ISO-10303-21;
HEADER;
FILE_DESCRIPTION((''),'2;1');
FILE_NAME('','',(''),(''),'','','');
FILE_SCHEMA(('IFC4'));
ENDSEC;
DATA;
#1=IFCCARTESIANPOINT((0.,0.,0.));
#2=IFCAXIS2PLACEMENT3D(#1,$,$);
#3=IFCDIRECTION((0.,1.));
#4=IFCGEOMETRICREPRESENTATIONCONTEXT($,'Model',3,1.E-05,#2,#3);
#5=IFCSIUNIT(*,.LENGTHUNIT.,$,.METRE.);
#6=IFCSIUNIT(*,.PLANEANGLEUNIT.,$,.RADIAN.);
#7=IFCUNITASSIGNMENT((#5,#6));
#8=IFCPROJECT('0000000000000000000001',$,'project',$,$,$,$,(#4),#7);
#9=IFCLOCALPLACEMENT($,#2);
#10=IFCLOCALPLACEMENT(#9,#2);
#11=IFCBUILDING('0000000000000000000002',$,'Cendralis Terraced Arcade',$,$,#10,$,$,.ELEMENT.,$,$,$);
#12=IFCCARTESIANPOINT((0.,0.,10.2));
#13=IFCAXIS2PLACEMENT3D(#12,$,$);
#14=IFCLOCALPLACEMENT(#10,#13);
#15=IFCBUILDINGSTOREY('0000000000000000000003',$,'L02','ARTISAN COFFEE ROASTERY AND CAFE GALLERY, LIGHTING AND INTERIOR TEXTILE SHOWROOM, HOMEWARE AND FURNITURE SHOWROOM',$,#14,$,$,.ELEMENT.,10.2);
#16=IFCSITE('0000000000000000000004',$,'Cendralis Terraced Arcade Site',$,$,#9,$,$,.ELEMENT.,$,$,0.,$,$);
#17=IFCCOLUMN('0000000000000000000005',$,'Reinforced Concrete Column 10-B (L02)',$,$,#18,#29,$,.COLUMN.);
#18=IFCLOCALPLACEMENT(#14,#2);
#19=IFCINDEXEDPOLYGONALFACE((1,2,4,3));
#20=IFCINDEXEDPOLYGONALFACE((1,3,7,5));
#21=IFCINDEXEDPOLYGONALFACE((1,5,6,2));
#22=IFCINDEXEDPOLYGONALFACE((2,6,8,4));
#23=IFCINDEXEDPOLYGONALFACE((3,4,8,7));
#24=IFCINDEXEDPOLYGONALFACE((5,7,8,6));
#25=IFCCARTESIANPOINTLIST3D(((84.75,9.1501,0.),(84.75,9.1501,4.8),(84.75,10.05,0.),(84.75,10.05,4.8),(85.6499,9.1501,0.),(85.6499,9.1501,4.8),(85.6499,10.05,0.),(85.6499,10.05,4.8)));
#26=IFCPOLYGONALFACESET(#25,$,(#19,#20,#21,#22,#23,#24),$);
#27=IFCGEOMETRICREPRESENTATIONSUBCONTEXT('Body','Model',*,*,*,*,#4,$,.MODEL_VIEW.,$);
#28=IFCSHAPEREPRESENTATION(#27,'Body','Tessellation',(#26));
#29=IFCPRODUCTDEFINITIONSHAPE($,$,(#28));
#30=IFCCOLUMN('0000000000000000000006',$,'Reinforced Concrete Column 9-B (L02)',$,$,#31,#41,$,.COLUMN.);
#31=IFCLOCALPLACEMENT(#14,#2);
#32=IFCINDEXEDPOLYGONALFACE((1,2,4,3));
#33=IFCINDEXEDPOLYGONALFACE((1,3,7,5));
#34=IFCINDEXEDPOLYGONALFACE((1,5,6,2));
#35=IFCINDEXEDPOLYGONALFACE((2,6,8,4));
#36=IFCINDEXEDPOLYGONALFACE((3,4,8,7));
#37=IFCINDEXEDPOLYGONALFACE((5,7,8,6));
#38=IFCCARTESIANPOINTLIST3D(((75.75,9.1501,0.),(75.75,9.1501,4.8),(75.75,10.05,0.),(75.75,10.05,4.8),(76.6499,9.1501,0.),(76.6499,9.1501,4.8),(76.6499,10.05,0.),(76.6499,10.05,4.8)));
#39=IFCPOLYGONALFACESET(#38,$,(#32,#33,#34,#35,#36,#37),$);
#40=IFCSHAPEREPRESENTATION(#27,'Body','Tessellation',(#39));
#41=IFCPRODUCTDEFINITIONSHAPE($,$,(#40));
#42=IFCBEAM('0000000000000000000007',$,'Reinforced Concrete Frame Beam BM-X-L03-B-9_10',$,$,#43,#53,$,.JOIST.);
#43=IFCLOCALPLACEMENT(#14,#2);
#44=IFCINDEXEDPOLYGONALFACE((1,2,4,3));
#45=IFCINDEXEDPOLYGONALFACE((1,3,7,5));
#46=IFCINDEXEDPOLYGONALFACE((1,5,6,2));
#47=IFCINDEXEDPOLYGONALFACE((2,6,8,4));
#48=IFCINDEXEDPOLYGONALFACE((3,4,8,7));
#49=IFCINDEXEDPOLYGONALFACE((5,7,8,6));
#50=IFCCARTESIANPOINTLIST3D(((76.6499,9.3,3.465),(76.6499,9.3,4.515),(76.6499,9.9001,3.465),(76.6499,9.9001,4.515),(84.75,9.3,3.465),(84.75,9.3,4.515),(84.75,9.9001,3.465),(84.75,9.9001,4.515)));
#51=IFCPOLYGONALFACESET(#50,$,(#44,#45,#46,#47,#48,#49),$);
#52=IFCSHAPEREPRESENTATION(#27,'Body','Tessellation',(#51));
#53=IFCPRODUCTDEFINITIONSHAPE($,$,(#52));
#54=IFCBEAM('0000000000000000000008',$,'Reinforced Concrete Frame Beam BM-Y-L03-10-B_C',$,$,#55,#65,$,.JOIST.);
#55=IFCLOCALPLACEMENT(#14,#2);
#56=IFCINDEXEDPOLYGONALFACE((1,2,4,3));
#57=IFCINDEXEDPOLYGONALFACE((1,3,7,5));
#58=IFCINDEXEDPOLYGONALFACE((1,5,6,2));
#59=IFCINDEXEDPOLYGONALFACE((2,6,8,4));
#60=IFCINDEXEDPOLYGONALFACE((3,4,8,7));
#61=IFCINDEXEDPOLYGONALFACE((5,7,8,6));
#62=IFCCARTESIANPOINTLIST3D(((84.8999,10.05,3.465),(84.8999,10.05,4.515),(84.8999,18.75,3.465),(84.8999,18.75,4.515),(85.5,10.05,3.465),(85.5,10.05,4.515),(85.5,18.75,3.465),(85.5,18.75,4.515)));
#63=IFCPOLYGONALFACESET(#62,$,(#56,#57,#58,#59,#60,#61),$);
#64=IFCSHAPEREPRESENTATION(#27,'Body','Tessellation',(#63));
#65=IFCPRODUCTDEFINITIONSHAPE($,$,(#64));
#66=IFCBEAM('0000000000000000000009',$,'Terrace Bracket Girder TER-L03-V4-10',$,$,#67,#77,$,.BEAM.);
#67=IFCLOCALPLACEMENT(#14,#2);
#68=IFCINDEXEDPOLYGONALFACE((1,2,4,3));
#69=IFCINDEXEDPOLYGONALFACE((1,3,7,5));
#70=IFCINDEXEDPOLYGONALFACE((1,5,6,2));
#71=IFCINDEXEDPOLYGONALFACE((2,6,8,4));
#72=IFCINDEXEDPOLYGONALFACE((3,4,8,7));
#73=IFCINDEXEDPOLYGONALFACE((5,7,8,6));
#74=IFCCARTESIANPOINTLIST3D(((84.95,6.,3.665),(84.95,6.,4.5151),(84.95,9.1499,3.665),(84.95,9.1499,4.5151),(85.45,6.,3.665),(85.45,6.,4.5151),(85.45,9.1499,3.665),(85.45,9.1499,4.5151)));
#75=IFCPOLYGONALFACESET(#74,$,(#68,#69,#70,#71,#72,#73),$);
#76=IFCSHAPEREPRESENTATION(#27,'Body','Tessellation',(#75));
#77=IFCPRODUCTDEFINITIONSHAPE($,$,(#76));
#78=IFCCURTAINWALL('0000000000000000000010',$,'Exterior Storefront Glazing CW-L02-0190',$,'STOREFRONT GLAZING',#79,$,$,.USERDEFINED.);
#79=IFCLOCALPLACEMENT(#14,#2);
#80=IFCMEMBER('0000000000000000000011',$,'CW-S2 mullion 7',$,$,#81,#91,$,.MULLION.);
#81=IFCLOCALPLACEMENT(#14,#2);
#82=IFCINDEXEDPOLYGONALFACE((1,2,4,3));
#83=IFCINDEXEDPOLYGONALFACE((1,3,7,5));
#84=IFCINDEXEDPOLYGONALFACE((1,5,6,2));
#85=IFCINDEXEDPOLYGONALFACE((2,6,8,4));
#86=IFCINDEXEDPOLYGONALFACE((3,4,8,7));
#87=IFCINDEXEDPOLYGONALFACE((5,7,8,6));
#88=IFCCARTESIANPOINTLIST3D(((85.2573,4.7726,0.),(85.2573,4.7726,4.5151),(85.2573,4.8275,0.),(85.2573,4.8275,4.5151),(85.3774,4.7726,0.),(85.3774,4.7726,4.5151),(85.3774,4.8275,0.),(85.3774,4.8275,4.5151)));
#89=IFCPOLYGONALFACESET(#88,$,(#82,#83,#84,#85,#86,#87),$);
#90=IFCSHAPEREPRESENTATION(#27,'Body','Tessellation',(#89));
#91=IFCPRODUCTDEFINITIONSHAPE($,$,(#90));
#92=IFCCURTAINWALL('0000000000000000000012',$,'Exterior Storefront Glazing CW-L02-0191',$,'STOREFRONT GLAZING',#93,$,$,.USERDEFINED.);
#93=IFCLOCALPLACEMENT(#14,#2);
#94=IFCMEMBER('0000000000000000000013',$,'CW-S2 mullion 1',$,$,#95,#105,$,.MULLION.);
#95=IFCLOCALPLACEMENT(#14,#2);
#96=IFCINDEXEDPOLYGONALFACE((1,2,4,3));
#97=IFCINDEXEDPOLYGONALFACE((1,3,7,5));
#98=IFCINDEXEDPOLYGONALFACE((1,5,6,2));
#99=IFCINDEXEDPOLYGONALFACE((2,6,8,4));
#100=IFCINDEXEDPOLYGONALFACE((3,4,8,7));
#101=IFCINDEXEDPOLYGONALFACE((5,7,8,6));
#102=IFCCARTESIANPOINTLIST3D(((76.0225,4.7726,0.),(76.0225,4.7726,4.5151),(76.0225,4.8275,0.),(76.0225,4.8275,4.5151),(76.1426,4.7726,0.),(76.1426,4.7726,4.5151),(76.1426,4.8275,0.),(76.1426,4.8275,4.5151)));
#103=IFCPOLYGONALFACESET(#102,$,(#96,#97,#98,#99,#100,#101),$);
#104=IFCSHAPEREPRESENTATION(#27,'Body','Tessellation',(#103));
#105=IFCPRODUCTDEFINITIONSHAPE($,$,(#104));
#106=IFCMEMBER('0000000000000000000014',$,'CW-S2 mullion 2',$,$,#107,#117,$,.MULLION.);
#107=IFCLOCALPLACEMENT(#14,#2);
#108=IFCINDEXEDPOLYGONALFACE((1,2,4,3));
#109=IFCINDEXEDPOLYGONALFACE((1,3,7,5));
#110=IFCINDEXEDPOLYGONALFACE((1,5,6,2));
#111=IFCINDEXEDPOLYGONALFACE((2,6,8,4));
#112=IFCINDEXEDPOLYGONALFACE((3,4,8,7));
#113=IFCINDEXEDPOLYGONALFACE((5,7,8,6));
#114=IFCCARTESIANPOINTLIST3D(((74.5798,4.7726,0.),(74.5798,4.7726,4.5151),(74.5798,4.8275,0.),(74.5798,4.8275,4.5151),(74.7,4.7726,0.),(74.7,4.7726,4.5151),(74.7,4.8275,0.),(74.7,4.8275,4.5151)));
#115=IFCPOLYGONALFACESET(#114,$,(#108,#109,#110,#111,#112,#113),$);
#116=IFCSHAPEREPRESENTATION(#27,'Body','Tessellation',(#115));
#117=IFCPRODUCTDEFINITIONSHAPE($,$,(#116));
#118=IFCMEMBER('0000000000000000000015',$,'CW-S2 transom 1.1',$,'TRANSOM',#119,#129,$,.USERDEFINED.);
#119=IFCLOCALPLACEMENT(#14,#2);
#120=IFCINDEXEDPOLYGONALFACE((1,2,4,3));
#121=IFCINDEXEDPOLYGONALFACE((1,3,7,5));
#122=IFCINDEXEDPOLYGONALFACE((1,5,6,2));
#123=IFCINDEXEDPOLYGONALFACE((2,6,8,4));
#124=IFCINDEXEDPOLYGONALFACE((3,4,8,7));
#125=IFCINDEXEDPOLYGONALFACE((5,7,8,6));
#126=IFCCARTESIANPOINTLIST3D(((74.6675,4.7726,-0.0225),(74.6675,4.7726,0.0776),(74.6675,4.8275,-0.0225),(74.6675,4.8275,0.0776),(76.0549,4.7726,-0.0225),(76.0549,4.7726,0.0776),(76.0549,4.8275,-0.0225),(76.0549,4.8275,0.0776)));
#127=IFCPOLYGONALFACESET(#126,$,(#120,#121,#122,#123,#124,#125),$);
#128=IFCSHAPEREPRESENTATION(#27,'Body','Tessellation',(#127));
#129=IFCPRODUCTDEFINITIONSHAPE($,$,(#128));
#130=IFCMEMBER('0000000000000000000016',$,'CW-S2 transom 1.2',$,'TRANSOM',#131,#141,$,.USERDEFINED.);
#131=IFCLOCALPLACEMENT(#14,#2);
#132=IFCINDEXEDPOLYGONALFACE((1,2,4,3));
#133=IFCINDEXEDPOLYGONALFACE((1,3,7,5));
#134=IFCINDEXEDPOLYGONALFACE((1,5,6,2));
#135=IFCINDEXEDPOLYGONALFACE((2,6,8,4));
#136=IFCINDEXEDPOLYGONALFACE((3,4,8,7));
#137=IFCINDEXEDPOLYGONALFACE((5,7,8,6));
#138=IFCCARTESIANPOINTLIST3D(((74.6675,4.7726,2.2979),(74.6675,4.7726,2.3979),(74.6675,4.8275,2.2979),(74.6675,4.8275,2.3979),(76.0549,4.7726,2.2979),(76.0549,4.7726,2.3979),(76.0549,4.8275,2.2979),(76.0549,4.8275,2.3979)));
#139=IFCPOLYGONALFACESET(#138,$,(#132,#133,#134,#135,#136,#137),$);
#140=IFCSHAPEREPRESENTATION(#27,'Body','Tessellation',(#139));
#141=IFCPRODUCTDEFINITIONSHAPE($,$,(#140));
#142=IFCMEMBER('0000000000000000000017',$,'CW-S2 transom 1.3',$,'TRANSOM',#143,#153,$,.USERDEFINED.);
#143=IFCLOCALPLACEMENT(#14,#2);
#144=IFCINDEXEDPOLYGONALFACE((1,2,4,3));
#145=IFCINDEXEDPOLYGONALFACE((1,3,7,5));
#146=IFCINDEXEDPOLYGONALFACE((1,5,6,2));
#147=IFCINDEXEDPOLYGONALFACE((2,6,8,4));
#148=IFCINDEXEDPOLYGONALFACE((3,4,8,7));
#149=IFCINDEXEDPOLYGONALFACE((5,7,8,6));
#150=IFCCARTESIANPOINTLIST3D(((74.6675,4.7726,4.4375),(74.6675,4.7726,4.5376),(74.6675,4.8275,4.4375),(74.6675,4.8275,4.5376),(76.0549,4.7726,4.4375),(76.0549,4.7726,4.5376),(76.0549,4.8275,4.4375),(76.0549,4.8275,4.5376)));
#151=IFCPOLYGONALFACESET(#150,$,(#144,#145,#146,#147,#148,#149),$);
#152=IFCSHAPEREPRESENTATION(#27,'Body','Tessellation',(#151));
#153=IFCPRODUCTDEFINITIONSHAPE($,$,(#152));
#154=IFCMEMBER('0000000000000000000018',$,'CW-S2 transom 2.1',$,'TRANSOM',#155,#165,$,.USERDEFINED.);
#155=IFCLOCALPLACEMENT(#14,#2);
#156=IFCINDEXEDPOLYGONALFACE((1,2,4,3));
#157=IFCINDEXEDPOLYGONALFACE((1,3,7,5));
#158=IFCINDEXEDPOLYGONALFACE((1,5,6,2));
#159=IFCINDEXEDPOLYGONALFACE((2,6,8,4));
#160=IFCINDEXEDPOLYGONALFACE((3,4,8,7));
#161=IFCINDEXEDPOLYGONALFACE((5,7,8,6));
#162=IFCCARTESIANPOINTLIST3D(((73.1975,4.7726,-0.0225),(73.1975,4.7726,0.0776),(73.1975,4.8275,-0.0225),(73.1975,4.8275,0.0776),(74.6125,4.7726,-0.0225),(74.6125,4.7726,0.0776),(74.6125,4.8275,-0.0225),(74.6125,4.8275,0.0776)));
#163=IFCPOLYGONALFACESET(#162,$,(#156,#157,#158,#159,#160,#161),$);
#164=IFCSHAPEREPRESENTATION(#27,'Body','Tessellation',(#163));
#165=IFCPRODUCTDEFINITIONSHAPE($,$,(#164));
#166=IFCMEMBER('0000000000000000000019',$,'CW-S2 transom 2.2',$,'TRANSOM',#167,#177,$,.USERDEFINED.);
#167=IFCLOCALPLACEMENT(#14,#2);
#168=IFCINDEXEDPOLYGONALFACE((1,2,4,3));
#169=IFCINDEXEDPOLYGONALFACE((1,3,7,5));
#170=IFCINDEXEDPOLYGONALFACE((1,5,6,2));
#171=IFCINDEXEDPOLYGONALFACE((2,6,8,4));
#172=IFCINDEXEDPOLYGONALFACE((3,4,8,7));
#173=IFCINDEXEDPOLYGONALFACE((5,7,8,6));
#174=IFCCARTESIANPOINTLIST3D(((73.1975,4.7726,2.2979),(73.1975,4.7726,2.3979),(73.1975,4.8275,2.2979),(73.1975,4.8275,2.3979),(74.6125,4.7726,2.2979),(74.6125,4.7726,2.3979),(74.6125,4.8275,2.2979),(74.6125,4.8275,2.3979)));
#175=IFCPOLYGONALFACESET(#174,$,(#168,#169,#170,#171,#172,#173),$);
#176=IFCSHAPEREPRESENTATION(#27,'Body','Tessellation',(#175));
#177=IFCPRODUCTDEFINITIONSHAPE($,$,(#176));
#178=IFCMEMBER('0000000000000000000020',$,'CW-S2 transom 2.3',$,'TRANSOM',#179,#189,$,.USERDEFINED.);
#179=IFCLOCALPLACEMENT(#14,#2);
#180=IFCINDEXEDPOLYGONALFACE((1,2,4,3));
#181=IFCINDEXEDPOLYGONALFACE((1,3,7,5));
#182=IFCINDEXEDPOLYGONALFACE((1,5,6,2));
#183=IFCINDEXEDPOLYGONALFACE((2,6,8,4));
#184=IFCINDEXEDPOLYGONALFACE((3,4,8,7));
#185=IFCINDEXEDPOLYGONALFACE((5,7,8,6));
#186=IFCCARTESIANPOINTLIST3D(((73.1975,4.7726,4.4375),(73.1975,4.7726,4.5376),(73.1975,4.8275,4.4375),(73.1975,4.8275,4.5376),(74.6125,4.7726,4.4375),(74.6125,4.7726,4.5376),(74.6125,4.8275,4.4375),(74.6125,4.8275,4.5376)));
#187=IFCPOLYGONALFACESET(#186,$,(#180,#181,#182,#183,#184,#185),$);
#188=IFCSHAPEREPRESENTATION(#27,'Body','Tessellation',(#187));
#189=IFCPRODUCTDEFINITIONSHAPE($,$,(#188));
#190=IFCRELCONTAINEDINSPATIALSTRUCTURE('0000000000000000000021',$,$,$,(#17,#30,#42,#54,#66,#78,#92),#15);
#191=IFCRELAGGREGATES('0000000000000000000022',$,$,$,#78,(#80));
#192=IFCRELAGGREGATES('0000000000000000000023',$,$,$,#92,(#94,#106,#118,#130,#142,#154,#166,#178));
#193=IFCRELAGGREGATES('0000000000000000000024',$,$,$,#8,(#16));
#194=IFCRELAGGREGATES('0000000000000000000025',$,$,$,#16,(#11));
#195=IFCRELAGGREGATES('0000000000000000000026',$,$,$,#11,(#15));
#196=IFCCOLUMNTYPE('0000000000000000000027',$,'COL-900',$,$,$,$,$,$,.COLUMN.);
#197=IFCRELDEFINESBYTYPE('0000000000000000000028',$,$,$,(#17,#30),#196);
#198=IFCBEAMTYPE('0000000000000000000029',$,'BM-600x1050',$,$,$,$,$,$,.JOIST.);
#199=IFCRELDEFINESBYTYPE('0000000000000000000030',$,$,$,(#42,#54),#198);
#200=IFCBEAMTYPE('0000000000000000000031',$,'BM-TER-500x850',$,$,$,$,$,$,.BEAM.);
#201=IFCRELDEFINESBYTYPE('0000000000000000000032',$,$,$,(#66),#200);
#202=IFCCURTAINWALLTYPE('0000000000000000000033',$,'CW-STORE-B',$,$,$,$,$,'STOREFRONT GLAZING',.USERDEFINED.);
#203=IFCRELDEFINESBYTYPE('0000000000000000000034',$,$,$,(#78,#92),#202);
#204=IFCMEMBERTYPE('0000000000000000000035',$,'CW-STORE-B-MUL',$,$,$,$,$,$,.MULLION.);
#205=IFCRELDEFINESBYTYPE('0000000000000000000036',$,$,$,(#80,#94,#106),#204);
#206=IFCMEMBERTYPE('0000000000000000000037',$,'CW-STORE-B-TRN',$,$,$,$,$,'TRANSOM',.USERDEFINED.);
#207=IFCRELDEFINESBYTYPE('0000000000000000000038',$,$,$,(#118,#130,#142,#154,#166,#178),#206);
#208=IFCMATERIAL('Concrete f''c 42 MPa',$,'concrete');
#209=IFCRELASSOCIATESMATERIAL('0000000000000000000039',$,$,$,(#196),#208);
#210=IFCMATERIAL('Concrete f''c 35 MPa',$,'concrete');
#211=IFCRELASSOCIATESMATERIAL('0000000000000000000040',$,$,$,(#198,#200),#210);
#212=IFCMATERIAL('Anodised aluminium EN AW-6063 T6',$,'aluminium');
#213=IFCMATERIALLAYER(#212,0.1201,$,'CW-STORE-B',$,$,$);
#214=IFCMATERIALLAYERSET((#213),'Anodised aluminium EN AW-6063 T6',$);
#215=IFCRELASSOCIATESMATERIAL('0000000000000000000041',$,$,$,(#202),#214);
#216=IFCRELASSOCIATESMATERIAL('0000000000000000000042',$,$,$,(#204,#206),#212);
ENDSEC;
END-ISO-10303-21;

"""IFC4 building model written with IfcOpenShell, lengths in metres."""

from ifc_helpers import new_model, si_unit, direction, frame, origin, origin_2d, place, context, subcontext, project, spatial, rectangle, extrude, material, layer, layer_set, material_profile, profile_set, type_object, element, aggregate, save


model = new_model("IFC4")

# Units and contexts
model_context = context("Model", 3, precision=1e-05, world=origin(), true_north=direction((0.0, 1.0)))
body_context = subcontext(model_context, "Body", "Model", "MODEL_VIEW")
ifc_project = project(units=[si_unit("LENGTHUNIT", "METRE"), si_unit("PLANEANGLEUNIT", "RADIAN")], contexts=[model_context])

# Site, building, storey
site_placement = place(None, origin())
site = spatial("IfcSite", under=ifc_project, at=site_placement, Name="Cendralis Terraced Arcade Site", CompositionType="ELEMENT", RefElevation=0.0)
building_placement = place(site_placement, origin())
building = spatial("IfcBuilding", under=site, at=building_placement, Name="Cendralis Terraced Arcade", CompositionType="ELEMENT")
storey_placement = place(building_placement, frame((0.0, 0.0, 10.2)))
storey = spatial("IfcBuildingStorey", under=building, at=storey_placement, Name="L02", Description="ARTISAN COFFEE ROASTERY AND CAFE GALLERY, LIGHTING AND INTERIOR TEXTILE SHOWROOM, HOMEWARE AND FURNITURE SHOWROOM", CompositionType="ELEMENT", Elevation=10.2)

# Columns
ifc_material_1 = material(Name="Concrete f'c 42 MPa", Category="concrete")
ifc_material_profile_1 = material_profile(ifc_material_1, rectangle(XDim=0.8999, YDim=0.8999, at=origin_2d()), Name="RC-COL-900x900", Category="LoadBearing")
ifc_profile_set_1 = profile_set([ifc_material_profile_1], Name="Concrete f'c 42 MPa")
column_type = type_object("IfcColumnType", Name="COL-900", PredefinedType="COLUMN", material=ifc_profile_set_1)
for number, where, z_axis, x_axis, name in (
    (1, (85.2, 9.6001, 0.0), (0.0, 0.0, 1.0), (1.0, 0.0, 0.0), "Reinforced Concrete Column 10-B (L02)"),
    (2, (76.2, 9.6001, 0.0), (0.0, 0.0, 1.0), (1.0, 0.0, 0.0), "Reinforced Concrete Column 9-B (L02)"),
):
    element("IfcColumn", number, at=place(storey_placement, frame(where, z_axis=z_axis, x_axis=x_axis)), inside=storey, type_object=column_type, Name=name, PredefinedType="COLUMN", context=body_context, shape_type="SweptSolid", body=[
        extrude(rectangle(XDim=0.8999, YDim=0.8999, at=origin_2d()), origin(), (0.0, 0.0, 1.0), 4.8),
    ])

# Beams
ifc_material_2 = material(Name="Concrete f'c 35 MPa", Category="concrete")
ifc_material_profile_2 = material_profile(ifc_material_2, rectangle(XDim=0.6001, YDim=1.05, at=origin_2d()), Name="RC-BM-600x1050", Category="LoadBearing")
ifc_profile_set_2 = profile_set([ifc_material_profile_2], Name="Concrete f'c 35 MPa")
beam_type_1 = type_object("IfcBeamType", Name="BM-600x1050", PredefinedType="JOIST", material=ifc_profile_set_2)
beam_1_placement = place(storey_placement, frame((76.6499, 9.6001, 3.99), z_axis=(1.0, 0.0, 0.0), x_axis=(0.0, 1.0, 0.0)))
element("IfcBeam", 3, at=beam_1_placement, inside=storey, type_object=beam_type_1, Name="Reinforced Concrete Frame Beam BM-X-L03-B-9_10", PredefinedType="JOIST", context=body_context, shape_type="SweptSolid", body=[
    extrude(rectangle(XDim=0.6001, YDim=1.05, at=origin_2d()), origin(), (0.0, 0.0, 1.0), 8.1001),
])
beam_2_placement = place(storey_placement, frame((85.2, 10.05, 3.99), z_axis=(0.0, 1.0, 0.0), x_axis=(-1.0, 0.0, 0.0)))
element("IfcBeam", 4, at=beam_2_placement, inside=storey, type_object=beam_type_1, Name="Reinforced Concrete Frame Beam BM-Y-L03-10-B_C", PredefinedType="JOIST", context=body_context, shape_type="SweptSolid", body=[
    extrude(rectangle(XDim=0.6001, YDim=1.05, at=origin_2d()), origin(), (0.0, 0.0, 1.0), 8.7),
])
ifc_material_profile_3 = material_profile(ifc_material_2, rectangle(XDim=0.5, YDim=0.8501, at=origin_2d()), Name="RC-BM-500x850", Category="LoadBearing")
ifc_profile_set_3 = profile_set([ifc_material_profile_3], Name="Concrete f'c 35 MPa")
beam_type_2 = type_object("IfcBeamType", Name="BM-TER-500x850", PredefinedType="BEAM", material=ifc_profile_set_3)
beam_3_placement = place(storey_placement, frame((85.2, 9.1499, 4.0901), z_axis=(0.0, -1.0, 0.0), x_axis=(1.0, 0.0, 0.0)))
element("IfcBeam", 5, at=beam_3_placement, inside=storey, type_object=beam_type_2, Name="Terrace Bracket Girder TER-L03-V4-10", PredefinedType="BEAM", context=body_context, shape_type="SweptSolid", body=[
    extrude(rectangle(XDim=0.5, YDim=0.8501, at=origin_2d()), origin(), (0.0, 0.0, 1.0), 3.1499),
])

# Curtain wall, member
ifc_material_3 = material(Name="Anodised aluminium EN AW-6063 T6", Category="aluminium")
ifc_layer_1 = layer(ifc_material_3, 0.1201, Name="CW-STORE-B")
ifc_layer_set_1 = layer_set([ifc_layer_1], Name="Anodised aluminium EN AW-6063 T6")
curtain_wall_type = type_object("IfcCurtainWallType", Name="CW-STORE-B", ElementType="STOREFRONT GLAZING", PredefinedType="USERDEFINED", material=ifc_layer_set_1)
curtain_wall_1_placement = place(storey_placement, origin())
curtain_wall_1 = element("IfcCurtainWall", 6, at=curtain_wall_1_placement, inside=storey, type_object=curtain_wall_type, Name="Exterior Storefront Glazing CW-L02-0190", ObjectType="STOREFRONT GLAZING", PredefinedType="USERDEFINED")
ifc_material_profile_4 = material_profile(ifc_material_3, rectangle(XDim=0.0549, YDim=0.1201, at=origin_2d()), Name="ALU-MUL-55x120")
ifc_profile_set_4 = profile_set([ifc_material_profile_4], Name="Anodised aluminium EN AW-6063 T6")
member_type_1 = type_object("IfcMemberType", Name="CW-STORE-B-MUL", PredefinedType="MULLION", material=ifc_profile_set_4)
member_1_placement = place(storey_placement, frame((85.3174, 4.8, 0.0), z_axis=(0.0, 0.0, 1.0), x_axis=(0.0, -1.0, 0.0)))
member_1 = element("IfcMember", 7, at=member_1_placement, type_object=member_type_1, Name="CW-S2 mullion 7", PredefinedType="MULLION", context=body_context, shape_type="SweptSolid", body=[
    extrude(rectangle(XDim=0.0549, YDim=0.1201, at=origin_2d()), origin(), (0.0, 0.0, 1.0), 4.5151),
])
aggregate(curtain_wall_1, [member_1])

# Curtain wall, members
curtain_wall_2_placement = place(storey_placement, origin())
curtain_wall_2 = element("IfcCurtainWall", 8, at=curtain_wall_2_placement, inside=storey, type_object=curtain_wall_type, Name="Exterior Storefront Glazing CW-L02-0191", ObjectType="STOREFRONT GLAZING", PredefinedType="USERDEFINED")
member_2_placement = place(storey_placement, frame((76.0825, 4.8, 0.0), z_axis=(0.0, 0.0, 1.0), x_axis=(0.0, -1.0, 0.0)))
member_2 = element("IfcMember", 9, at=member_2_placement, type_object=member_type_1, Name="CW-S2 mullion 1", PredefinedType="MULLION", context=body_context, shape_type="SweptSolid", body=[
    extrude(rectangle(XDim=0.0549, YDim=0.1201, at=origin_2d()), origin(), (0.0, 0.0, 1.0), 4.5151),
])
member_3_placement = place(storey_placement, frame((74.6399, 4.8, 0.0), z_axis=(0.0, 0.0, 1.0), x_axis=(0.0, -1.0, 0.0)))
member_3 = element("IfcMember", 10, at=member_3_placement, type_object=member_type_1, Name="CW-S2 mullion 2", PredefinedType="MULLION", context=body_context, shape_type="SweptSolid", body=[
    extrude(rectangle(XDim=0.0549, YDim=0.1201, at=origin_2d()), origin(), (0.0, 0.0, 1.0), 4.5151),
])
ifc_material_profile_5 = material_profile(ifc_material_3, rectangle(XDim=0.0549, YDim=0.1001, at=origin_2d()), Name="ALU-TRN-55x100")
ifc_profile_set_5 = profile_set([ifc_material_profile_5], Name="Anodised aluminium EN AW-6063 T6")
member_type_2 = type_object("IfcMemberType", Name="CW-STORE-B-TRN", ElementType="TRANSOM", PredefinedType="USERDEFINED", material=ifc_profile_set_5)
member_4_placement = place(storey_placement, frame((76.0549, 4.8, 0.0276), z_axis=(-1.0, 0.0, 0.0), x_axis=(0.0, -1.0, 0.0)))
member_4 = element("IfcMember", 11, at=member_4_placement, type_object=member_type_2, Name="CW-S2 transom 1.1", ObjectType="TRANSOM", PredefinedType="USERDEFINED", context=body_context, shape_type="SweptSolid", body=[
    extrude(rectangle(XDim=0.0549, YDim=0.1001, at=origin_2d()), origin(), (0.0, 0.0, 1.0), 1.3875),
])
member_5_placement = place(storey_placement, frame((76.0549, 4.8, 2.3479), z_axis=(-1.0, 0.0, 0.0), x_axis=(0.0, -1.0, 0.0)))
member_5 = element("IfcMember", 12, at=member_5_placement, type_object=member_type_2, Name="CW-S2 transom 1.2", ObjectType="TRANSOM", PredefinedType="USERDEFINED", context=body_context, shape_type="SweptSolid", body=[
    extrude(rectangle(XDim=0.0549, YDim=0.1001, at=origin_2d()), origin(), (0.0, 0.0, 1.0), 1.3875),
])
member_6_placement = place(storey_placement, frame((76.0549, 4.8, 4.4875), z_axis=(-1.0, 0.0, 0.0), x_axis=(0.0, -1.0, 0.0)))
member_6 = element("IfcMember", 13, at=member_6_placement, type_object=member_type_2, Name="CW-S2 transom 1.3", ObjectType="TRANSOM", PredefinedType="USERDEFINED", context=body_context, shape_type="SweptSolid", body=[
    extrude(rectangle(XDim=0.0549, YDim=0.1001, at=origin_2d()), origin(), (0.0, 0.0, 1.0), 1.3875),
])
member_7_placement = place(storey_placement, frame((74.6125, 4.8, 0.0276), z_axis=(-1.0, 0.0, 0.0), x_axis=(0.0, -1.0, 0.0)))
member_7 = element("IfcMember", 14, at=member_7_placement, type_object=member_type_2, Name="CW-S2 transom 2.1", ObjectType="TRANSOM", PredefinedType="USERDEFINED", context=body_context, shape_type="SweptSolid", body=[
    extrude(rectangle(XDim=0.0549, YDim=0.1001, at=origin_2d()), origin(), (0.0, 0.0, 1.0), 1.415),
])
member_8_placement = place(storey_placement, frame((74.6125, 4.8, 2.3479), z_axis=(-1.0, 0.0, 0.0), x_axis=(0.0, -1.0, 0.0)))
member_8 = element("IfcMember", 15, at=member_8_placement, type_object=member_type_2, Name="CW-S2 transom 2.2", ObjectType="TRANSOM", PredefinedType="USERDEFINED", context=body_context, shape_type="SweptSolid", body=[
    extrude(rectangle(XDim=0.0549, YDim=0.1001, at=origin_2d()), origin(), (0.0, 0.0, 1.0), 1.415),
])
member_9_placement = place(storey_placement, frame((74.6125, 4.8, 4.4875), z_axis=(-1.0, 0.0, 0.0), x_axis=(0.0, -1.0, 0.0)))
member_9 = element("IfcMember", 16, at=member_9_placement, type_object=member_type_2, Name="CW-S2 transom 2.3", ObjectType="TRANSOM", PredefinedType="USERDEFINED", context=body_context, shape_type="SweptSolid", body=[
    extrude(rectangle(XDim=0.0549, YDim=0.1001, at=origin_2d()), origin(), (0.0, 0.0, 1.0), 1.415),
])
aggregate(curtain_wall_2, [member_2, member_3, member_4, member_5, member_6, member_7, member_8, member_9])

save(model, "model.ifc")
